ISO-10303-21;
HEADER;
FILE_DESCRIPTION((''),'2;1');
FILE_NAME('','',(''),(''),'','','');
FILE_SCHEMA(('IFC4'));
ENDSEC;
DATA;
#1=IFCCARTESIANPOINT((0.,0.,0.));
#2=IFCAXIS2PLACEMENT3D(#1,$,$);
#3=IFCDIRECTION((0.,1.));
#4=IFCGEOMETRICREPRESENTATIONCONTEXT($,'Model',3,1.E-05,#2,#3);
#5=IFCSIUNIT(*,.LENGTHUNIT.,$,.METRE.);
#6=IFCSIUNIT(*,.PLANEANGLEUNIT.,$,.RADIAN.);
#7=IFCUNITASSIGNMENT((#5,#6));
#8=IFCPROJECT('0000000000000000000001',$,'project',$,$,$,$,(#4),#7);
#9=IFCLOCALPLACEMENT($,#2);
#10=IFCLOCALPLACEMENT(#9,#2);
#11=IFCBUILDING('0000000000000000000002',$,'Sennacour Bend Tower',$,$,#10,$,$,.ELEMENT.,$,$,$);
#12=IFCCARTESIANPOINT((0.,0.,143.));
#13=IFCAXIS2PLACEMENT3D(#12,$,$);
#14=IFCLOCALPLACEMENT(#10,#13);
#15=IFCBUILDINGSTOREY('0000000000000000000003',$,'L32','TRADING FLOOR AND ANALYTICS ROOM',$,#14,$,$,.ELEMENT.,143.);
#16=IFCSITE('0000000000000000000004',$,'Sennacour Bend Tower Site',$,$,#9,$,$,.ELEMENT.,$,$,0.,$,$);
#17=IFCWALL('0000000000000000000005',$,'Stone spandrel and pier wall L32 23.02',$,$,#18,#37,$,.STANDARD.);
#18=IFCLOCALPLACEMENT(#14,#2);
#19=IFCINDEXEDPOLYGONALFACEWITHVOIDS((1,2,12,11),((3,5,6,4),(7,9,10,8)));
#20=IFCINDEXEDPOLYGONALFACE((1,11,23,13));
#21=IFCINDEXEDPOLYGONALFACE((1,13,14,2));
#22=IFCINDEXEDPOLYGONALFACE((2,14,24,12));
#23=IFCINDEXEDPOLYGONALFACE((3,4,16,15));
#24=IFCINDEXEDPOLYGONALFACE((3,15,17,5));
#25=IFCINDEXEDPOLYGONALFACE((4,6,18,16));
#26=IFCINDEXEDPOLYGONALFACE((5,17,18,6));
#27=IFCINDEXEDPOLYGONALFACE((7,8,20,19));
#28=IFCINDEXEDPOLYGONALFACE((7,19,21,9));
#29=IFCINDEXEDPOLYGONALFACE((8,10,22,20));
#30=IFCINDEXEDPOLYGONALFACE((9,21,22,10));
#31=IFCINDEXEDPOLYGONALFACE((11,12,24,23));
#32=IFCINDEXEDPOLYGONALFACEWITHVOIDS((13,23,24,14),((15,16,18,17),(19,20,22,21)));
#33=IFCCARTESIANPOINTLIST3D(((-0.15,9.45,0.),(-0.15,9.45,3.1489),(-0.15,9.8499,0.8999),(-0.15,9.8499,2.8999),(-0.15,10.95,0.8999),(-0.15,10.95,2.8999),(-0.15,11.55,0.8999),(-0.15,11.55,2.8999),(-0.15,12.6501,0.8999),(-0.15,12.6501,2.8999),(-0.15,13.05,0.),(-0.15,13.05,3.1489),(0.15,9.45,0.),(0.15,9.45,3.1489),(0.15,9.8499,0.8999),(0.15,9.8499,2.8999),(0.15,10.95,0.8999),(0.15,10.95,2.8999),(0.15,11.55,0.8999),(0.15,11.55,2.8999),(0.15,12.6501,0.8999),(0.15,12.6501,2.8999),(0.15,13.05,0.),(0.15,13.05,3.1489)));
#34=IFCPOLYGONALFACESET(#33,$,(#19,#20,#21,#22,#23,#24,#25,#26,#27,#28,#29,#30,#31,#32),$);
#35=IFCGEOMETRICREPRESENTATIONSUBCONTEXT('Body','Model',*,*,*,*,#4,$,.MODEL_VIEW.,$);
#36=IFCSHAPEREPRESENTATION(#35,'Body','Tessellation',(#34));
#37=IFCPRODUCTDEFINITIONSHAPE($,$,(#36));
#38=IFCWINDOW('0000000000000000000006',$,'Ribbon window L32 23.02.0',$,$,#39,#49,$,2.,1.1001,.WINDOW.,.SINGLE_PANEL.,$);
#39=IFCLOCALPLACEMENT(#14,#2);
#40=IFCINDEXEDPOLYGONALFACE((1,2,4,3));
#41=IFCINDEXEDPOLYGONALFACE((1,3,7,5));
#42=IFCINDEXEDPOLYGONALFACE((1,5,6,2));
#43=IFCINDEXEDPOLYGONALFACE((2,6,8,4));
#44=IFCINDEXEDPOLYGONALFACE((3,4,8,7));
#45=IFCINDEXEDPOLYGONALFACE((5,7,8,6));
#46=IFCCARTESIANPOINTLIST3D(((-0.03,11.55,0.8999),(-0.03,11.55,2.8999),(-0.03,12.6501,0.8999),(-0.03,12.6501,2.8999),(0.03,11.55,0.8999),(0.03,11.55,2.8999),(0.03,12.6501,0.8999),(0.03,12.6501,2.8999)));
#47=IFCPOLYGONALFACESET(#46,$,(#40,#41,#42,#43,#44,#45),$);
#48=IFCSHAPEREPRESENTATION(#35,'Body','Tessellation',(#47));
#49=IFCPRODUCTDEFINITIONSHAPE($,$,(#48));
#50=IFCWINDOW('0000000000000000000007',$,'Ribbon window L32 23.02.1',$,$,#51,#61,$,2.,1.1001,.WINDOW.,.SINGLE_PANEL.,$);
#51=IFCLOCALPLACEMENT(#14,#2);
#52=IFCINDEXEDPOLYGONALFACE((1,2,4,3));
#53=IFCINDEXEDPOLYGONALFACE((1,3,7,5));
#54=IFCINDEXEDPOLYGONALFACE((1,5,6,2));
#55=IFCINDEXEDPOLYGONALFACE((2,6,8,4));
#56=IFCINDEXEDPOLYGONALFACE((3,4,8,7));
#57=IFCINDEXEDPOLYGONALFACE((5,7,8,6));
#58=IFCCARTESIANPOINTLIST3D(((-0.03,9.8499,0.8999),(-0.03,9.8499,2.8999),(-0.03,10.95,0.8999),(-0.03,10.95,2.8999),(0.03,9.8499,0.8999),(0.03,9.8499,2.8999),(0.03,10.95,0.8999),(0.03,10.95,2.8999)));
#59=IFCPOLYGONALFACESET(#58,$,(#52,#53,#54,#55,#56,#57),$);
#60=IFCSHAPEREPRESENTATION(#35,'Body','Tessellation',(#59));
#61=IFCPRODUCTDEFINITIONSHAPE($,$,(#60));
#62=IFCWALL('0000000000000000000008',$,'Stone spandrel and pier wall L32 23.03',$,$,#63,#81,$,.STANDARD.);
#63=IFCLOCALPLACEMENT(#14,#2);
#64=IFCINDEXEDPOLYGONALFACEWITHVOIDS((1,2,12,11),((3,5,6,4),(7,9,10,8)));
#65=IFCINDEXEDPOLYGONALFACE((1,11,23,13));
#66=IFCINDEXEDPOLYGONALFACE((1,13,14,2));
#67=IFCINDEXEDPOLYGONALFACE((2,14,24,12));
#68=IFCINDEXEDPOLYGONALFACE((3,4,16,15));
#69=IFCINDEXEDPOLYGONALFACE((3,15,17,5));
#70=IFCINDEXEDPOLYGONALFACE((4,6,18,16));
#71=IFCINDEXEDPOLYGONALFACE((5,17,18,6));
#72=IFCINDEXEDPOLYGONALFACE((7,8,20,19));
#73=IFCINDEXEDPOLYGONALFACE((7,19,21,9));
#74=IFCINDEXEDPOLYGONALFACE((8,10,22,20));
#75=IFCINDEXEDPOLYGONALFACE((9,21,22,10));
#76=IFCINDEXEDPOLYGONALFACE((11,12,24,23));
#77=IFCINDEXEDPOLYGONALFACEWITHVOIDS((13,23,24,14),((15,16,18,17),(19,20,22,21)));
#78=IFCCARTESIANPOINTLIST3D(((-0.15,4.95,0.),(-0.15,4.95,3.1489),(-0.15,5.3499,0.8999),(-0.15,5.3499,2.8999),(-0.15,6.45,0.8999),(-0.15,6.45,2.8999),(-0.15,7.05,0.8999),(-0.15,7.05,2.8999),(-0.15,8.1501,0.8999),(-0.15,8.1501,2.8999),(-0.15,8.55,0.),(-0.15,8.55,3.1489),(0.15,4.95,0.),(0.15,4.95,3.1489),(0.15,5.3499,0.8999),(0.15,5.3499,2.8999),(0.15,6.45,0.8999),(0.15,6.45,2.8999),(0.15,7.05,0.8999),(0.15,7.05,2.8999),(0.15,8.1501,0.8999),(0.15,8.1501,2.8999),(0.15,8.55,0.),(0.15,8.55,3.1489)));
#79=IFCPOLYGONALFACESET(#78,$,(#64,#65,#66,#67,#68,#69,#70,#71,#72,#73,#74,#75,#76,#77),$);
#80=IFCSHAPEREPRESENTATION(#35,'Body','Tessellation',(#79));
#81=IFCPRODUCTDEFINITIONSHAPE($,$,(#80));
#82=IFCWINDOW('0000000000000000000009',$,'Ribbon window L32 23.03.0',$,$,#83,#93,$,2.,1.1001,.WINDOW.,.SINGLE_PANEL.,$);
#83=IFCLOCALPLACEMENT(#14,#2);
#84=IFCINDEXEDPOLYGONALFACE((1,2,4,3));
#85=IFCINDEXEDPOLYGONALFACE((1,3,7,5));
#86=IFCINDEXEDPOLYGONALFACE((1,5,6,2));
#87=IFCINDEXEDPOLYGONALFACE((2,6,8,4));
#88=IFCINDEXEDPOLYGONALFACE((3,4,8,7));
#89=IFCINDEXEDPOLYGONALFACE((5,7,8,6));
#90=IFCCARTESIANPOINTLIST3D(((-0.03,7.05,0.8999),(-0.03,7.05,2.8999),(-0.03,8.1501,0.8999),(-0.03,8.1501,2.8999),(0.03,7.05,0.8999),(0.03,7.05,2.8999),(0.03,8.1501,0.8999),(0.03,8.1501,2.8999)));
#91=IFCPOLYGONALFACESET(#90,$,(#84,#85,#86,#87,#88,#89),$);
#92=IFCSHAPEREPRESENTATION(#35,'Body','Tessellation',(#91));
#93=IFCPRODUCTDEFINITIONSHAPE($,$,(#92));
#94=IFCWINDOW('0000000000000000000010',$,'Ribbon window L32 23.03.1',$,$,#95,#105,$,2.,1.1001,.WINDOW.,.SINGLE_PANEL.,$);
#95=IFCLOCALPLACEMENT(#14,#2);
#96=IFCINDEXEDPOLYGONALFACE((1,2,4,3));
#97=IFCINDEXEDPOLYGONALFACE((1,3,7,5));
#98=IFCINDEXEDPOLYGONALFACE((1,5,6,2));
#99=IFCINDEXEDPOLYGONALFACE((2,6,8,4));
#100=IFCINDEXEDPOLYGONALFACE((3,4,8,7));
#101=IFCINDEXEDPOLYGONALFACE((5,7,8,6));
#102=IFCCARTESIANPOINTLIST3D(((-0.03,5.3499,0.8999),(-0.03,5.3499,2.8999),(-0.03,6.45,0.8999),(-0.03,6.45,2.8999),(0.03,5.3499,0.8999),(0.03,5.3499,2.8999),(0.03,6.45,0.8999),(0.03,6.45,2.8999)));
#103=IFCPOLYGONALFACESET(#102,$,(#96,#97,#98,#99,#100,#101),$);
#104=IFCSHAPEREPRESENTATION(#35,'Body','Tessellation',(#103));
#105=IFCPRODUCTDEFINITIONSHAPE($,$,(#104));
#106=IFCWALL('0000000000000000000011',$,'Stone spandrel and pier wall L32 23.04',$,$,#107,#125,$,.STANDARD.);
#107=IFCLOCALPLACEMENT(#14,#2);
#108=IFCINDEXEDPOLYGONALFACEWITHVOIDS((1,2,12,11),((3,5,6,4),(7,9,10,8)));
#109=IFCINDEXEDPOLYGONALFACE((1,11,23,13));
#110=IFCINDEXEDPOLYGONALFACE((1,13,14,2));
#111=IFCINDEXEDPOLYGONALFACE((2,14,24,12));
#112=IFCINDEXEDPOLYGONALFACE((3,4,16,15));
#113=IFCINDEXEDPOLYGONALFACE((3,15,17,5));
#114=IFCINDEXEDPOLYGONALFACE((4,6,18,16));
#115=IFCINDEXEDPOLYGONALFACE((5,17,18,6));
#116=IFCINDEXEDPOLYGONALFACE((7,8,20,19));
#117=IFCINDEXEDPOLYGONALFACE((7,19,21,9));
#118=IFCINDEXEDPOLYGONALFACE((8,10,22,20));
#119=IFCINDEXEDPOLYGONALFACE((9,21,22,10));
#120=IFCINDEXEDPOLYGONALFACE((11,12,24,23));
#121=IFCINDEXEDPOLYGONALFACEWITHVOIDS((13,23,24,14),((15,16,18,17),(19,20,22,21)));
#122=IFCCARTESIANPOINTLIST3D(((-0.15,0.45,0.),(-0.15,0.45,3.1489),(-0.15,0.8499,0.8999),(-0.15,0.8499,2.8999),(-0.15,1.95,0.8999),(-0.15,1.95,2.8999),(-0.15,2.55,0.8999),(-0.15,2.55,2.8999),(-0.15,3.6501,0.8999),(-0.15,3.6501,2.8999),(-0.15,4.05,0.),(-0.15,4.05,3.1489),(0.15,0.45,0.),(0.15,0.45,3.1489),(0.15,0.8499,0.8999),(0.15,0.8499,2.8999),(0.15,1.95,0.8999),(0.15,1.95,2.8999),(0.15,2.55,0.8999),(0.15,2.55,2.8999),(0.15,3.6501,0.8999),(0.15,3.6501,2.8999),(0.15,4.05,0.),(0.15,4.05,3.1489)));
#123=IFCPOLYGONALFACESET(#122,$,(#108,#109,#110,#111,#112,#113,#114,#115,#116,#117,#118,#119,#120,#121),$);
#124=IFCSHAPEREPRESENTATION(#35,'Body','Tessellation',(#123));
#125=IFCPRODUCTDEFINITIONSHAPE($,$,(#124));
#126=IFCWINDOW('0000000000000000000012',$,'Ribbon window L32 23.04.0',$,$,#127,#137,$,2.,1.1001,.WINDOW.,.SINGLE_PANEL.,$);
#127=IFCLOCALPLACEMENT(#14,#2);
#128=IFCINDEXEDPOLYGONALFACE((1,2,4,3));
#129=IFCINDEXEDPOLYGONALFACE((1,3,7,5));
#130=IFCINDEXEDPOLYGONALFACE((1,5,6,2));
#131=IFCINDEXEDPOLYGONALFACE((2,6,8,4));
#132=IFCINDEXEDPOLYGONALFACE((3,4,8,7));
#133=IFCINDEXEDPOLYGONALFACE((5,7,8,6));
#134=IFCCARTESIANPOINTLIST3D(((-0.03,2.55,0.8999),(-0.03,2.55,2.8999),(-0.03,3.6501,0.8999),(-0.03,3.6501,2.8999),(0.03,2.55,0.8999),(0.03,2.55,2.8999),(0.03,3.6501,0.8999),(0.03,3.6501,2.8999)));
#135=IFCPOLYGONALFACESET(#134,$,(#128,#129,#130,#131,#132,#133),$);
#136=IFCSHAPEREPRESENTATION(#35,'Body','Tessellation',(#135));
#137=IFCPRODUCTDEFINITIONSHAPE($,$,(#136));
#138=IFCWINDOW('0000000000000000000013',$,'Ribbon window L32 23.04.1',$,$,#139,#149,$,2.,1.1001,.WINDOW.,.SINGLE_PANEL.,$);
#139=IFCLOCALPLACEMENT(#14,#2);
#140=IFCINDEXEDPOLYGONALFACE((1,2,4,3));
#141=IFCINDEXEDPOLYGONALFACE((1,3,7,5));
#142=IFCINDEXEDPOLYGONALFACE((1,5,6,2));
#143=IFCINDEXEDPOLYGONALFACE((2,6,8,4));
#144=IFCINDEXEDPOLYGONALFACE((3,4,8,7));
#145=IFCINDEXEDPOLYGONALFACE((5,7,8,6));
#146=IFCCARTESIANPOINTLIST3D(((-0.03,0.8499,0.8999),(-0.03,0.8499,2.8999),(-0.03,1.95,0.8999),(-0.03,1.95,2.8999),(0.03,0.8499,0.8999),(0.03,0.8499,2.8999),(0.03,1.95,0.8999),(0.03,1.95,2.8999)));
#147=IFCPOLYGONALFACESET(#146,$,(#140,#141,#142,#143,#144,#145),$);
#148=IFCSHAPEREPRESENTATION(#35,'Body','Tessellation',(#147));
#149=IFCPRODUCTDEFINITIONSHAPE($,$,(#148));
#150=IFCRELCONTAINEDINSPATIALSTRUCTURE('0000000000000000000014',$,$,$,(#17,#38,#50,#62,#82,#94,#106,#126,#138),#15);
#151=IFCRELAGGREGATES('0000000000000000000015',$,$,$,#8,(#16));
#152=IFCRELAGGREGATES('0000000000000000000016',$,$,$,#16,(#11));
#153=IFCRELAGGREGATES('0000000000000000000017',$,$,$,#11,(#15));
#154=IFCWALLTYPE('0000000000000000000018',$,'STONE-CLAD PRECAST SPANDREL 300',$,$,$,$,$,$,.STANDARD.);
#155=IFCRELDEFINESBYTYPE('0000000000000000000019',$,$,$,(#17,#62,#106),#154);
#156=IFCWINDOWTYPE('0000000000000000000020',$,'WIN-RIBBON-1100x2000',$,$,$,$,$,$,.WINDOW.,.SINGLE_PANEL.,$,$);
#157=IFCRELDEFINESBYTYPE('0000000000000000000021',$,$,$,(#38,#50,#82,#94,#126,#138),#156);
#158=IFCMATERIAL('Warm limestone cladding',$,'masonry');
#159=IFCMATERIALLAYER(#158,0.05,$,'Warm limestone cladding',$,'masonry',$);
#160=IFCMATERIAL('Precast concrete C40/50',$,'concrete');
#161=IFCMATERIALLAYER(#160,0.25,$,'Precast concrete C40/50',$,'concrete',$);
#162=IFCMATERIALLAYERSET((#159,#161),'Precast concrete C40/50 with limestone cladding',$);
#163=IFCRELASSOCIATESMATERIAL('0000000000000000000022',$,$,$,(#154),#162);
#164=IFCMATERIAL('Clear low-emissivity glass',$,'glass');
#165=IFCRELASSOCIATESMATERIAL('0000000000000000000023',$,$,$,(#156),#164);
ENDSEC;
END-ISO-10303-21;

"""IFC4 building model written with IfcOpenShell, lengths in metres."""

from ifc_helpers import new_model, si_unit, direction, frame, frame_2d, origin, place, context, subcontext, project, spatial, rectangle, extrude, material, layer, layer_set, type_object, element, fill, save


model = new_model("IFC4")

# Units and contexts
model_context = context("Model", 3, precision=1e-05, world=origin(), true_north=direction((0.0, 1.0)))
body_context = subcontext(model_context, "Body", "Model", "MODEL_VIEW")
ifc_project = project(units=[si_unit("LENGTHUNIT", "METRE"), si_unit("PLANEANGLEUNIT", "RADIAN")], contexts=[model_context])

# Site, building, storey
site_placement = place(None, origin())
site = spatial("IfcSite", under=ifc_project, at=site_placement, Name="Sennacour Bend Tower Site", CompositionType="ELEMENT", RefElevation=0.0)
building_placement = place(site_placement, origin())
building = spatial("IfcBuilding", under=site, at=building_placement, Name="Sennacour Bend Tower", CompositionType="ELEMENT")
storey_placement = place(building_placement, frame((0.0, 0.0, 143.0)))
storey = spatial("IfcBuildingStorey", under=building, at=storey_placement, Name="L32", Description="TRADING FLOOR AND ANALYTICS ROOM", CompositionType="ELEMENT", Elevation=143.0)

# Walls, openings, windows
ifc_material_1 = material(Name="Warm limestone cladding", Category="masonry")
ifc_layer_1 = layer(ifc_material_1, 0.05, Name="Warm limestone cladding", Category="masonry")
ifc_material_2 = material(Name="Precast concrete C40/50", Category="concrete")
ifc_layer_2 = layer(ifc_material_2, 0.25, Name="Precast concrete C40/50", Category="concrete")
ifc_layer_set_1 = layer_set([ifc_layer_1, ifc_layer_2], Name="Precast concrete C40/50 with limestone cladding")
wall_type_1 = type_object("IfcWallType", Name="STONE-CLAD PRECAST SPANDREL 300", PredefinedType="STANDARD", material=ifc_layer_set_1)
wall_1_placement = place(storey_placement, frame((0.0, 13.05, 0.0), z_axis=(0.0, 0.0, 1.0), x_axis=(0.0, -1.0, 0.0)))
wall_1 = element("IfcWall", 1, at=wall_1_placement, inside=storey, type_object=wall_type_1, Name="Stone spandrel and pier wall L32 23.02", PredefinedType="STANDARD", context=body_context, shape_type="SweptSolid", body=[
    extrude(rectangle(XDim=3.6001, YDim=0.3, at=frame_2d((1.8, 0.0))), origin(), (0.0, 0.0, 1.0), 3.1489),
])
opening_1_placement = place(wall_1_placement, frame((0.3999, 0.0, 0.8999)))
opening_1 = element("IfcOpeningElement", 2, at=opening_1_placement, cuts=wall_1, PredefinedType="OPENING", context=body_context, shape_type="SweptSolid", body=[
    extrude(rectangle(XDim=1.1001, YDim=2.0, at=frame_2d((0.55, 1.0))), frame((0.0, 0.1602, 0.0), z_axis=(0.0, -1.0, 0.0), x_axis=(1.0, 0.0, 0.0)), (0.0, 0.0, 1.0), 0.3201),
])
opening_2_placement = place(wall_1_placement, frame((2.1001, 0.0, 0.8999)))
opening_2 = element("IfcOpeningElement", 3, at=opening_2_placement, cuts=wall_1, PredefinedType="OPENING", context=body_context, shape_type="SweptSolid", body=[
    extrude(rectangle(XDim=1.1001, YDim=2.0, at=frame_2d((0.55, 1.0))), frame((0.0, 0.1602, 0.0), z_axis=(0.0, -1.0, 0.0), x_axis=(1.0, 0.0, 0.0)), (0.0, 0.0, 1.0), 0.3201),
])
ifc_material_3 = material(Name="Clear low-emissivity glass", Category="glass")
window_type = type_object("IfcWindowType", Name="WIN-RIBBON-1100x2000", PartitioningType="SINGLE_PANEL", PredefinedType="WINDOW", material=ifc_material_3)
window_1_placement = place(opening_1_placement, origin())
window_1 = element("IfcWindow", 4, at=window_1_placement, inside=storey, type_object=window_type, Name="Ribbon window L32 23.02.0", OverallHeight=2.0, OverallWidth=1.1001, PartitioningType="SINGLE_PANEL", PredefinedType="WINDOW", context=body_context, shape_type="SweptSolid", body=[
    extrude(rectangle(XDim=1.1001, YDim=2.0, at=frame_2d((0.55, 1.0))), frame((0.0, 0.03, 0.0), z_axis=(0.0, -1.0, 0.0), x_axis=(1.0, 0.0, 0.0)), (0.0, 0.0, 1.0), 0.0601),
])
fill(opening_1, window_1)
window_2_placement = place(opening_2_placement, origin())
window_2 = element("IfcWindow", 5, at=window_2_placement, inside=storey, type_object=window_type, Name="Ribbon window L32 23.02.1", OverallHeight=2.0, OverallWidth=1.1001, PartitioningType="SINGLE_PANEL", PredefinedType="WINDOW", context=body_context, shape_type="SweptSolid", body=[
    extrude(rectangle(XDim=1.1001, YDim=2.0, at=frame_2d((0.55, 1.0))), frame((0.0, 0.03, 0.0), z_axis=(0.0, -1.0, 0.0), x_axis=(1.0, 0.0, 0.0)), (0.0, 0.0, 1.0), 0.0601),
])
fill(opening_2, window_2)
wall_2_placement = place(storey_placement, frame((0.0, 8.55, 0.0), z_axis=(0.0, 0.0, 1.0), x_axis=(0.0, -1.0, 0.0)))
wall_2 = element("IfcWall", 6, at=wall_2_placement, inside=storey, type_object=wall_type_1, Name="Stone spandrel and pier wall L32 23.03", PredefinedType="STANDARD", context=body_context, shape_type="SweptSolid", body=[
    extrude(rectangle(XDim=3.6001, YDim=0.3, at=frame_2d((1.8, 0.0))), origin(), (0.0, 0.0, 1.0), 3.1489),
])
opening_3_placement = place(wall_2_placement, frame((0.3999, 0.0, 0.8999)))
opening_3 = element("IfcOpeningElement", 7, at=opening_3_placement, cuts=wall_2, PredefinedType="OPENING", context=body_context, shape_type="SweptSolid", body=[
    extrude(rectangle(XDim=1.1001, YDim=2.0, at=frame_2d((0.55, 1.0))), frame((0.0, 0.1602, 0.0), z_axis=(0.0, -1.0, 0.0), x_axis=(1.0, 0.0, 0.0)), (0.0, 0.0, 1.0), 0.3201),
])
opening_4_placement = place(wall_2_placement, frame((2.1001, 0.0, 0.8999)))
opening_4 = element("IfcOpeningElement", 8, at=opening_4_placement, cuts=wall_2, PredefinedType="OPENING", context=body_context, shape_type="SweptSolid", body=[
    extrude(rectangle(XDim=1.1001, YDim=2.0, at=frame_2d((0.55, 1.0))), frame((0.0, 0.1602, 0.0), z_axis=(0.0, -1.0, 0.0), x_axis=(1.0, 0.0, 0.0)), (0.0, 0.0, 1.0), 0.3201),
])
window_3_placement = place(opening_3_placement, origin())
window_3 = element("IfcWindow", 9, at=window_3_placement, inside=storey, type_object=window_type, Name="Ribbon window L32 23.03.0", OverallHeight=2.0, OverallWidth=1.1001, PartitioningType="SINGLE_PANEL", PredefinedType="WINDOW", context=body_context, shape_type="SweptSolid", body=[
    extrude(rectangle(XDim=1.1001, YDim=2.0, at=frame_2d((0.55, 1.0))), frame((0.0, 0.03, 0.0), z_axis=(0.0, -1.0, 0.0), x_axis=(1.0, 0.0, 0.0)), (0.0, 0.0, 1.0), 0.0601),
])
fill(opening_3, window_3)
window_4_placement = place(opening_4_placement, origin())
window_4 = element("IfcWindow", 10, at=window_4_placement, inside=storey, type_object=window_type, Name="Ribbon window L32 23.03.1", OverallHeight=2.0, OverallWidth=1.1001, PartitioningType="SINGLE_PANEL", PredefinedType="WINDOW", context=body_context, shape_type="SweptSolid", body=[
    extrude(rectangle(XDim=1.1001, YDim=2.0, at=frame_2d((0.55, 1.0))), frame((0.0, 0.03, 0.0), z_axis=(0.0, -1.0, 0.0), x_axis=(1.0, 0.0, 0.0)), (0.0, 0.0, 1.0), 0.0601),
])
fill(opening_4, window_4)
wall_3_placement = place(storey_placement, frame((0.0, 4.05, 0.0), z_axis=(0.0, 0.0, 1.0), x_axis=(0.0, -1.0, 0.0)))
wall_3 = element("IfcWall", 11, at=wall_3_placement, inside=storey, type_object=wall_type_1, Name="Stone spandrel and pier wall L32 23.04", PredefinedType="STANDARD", context=body_context, shape_type="SweptSolid", body=[
    extrude(rectangle(XDim=3.6001, YDim=0.3, at=frame_2d((1.8, 0.0))), origin(), (0.0, 0.0, 1.0), 3.1489),
])
opening_5_placement = place(wall_3_placement, frame((0.3999, 0.0, 0.8999)))
opening_5 = element("IfcOpeningElement", 12, at=opening_5_placement, cuts=wall_3, PredefinedType="OPENING", context=body_context, shape_type="SweptSolid", body=[
    extrude(rectangle(XDim=1.1001, YDim=2.0, at=frame_2d((0.55, 1.0))), frame((0.0, 0.1602, 0.0), z_axis=(0.0, -1.0, 0.0), x_axis=(1.0, 0.0, 0.0)), (0.0, 0.0, 1.0), 0.3201),
])
opening_6_placement = place(wall_3_placement, frame((2.1001, 0.0, 0.8999)))
opening_6 = element("IfcOpeningElement", 13, at=opening_6_placement, cuts=wall_3, PredefinedType="OPENING", context=body_context, shape_type="SweptSolid", body=[
    extrude(rectangle(XDim=1.1001, YDim=2.0, at=frame_2d((0.55, 1.0))), frame((0.0, 0.1602, 0.0), z_axis=(0.0, -1.0, 0.0), x_axis=(1.0, 0.0, 0.0)), (0.0, 0.0, 1.0), 0.3201),
])
window_5_placement = place(opening_5_placement, origin())
window_5 = element("IfcWindow", 14, at=window_5_placement, inside=storey, type_object=window_type, Name="Ribbon window L32 23.04.0", OverallHeight=2.0, OverallWidth=1.1001, PartitioningType="SINGLE_PANEL", PredefinedType="WINDOW", context=body_context, shape_type="SweptSolid", body=[
    extrude(rectangle(XDim=1.1001, YDim=2.0, at=frame_2d((0.55, 1.0))), frame((0.0, 0.03, 0.0), z_axis=(0.0, -1.0, 0.0), x_axis=(1.0, 0.0, 0.0)), (0.0, 0.0, 1.0), 0.0601),
])
fill(opening_5, window_5)
window_6_placement = place(opening_6_placement, origin())
window_6 = element("IfcWindow", 15, at=window_6_placement, inside=storey, type_object=window_type, Name="Ribbon window L32 23.04.1", OverallHeight=2.0, OverallWidth=1.1001, PartitioningType="SINGLE_PANEL", PredefinedType="WINDOW", context=body_context, shape_type="SweptSolid", body=[
    extrude(rectangle(XDim=1.1001, YDim=2.0, at=frame_2d((0.55, 1.0))), frame((0.0, 0.03, 0.0), z_axis=(0.0, -1.0, 0.0), x_axis=(1.0, 0.0, 0.0)), (0.0, 0.0, 1.0), 0.0601),
])
fill(opening_6, window_6)

save(model, "model.ifc")
